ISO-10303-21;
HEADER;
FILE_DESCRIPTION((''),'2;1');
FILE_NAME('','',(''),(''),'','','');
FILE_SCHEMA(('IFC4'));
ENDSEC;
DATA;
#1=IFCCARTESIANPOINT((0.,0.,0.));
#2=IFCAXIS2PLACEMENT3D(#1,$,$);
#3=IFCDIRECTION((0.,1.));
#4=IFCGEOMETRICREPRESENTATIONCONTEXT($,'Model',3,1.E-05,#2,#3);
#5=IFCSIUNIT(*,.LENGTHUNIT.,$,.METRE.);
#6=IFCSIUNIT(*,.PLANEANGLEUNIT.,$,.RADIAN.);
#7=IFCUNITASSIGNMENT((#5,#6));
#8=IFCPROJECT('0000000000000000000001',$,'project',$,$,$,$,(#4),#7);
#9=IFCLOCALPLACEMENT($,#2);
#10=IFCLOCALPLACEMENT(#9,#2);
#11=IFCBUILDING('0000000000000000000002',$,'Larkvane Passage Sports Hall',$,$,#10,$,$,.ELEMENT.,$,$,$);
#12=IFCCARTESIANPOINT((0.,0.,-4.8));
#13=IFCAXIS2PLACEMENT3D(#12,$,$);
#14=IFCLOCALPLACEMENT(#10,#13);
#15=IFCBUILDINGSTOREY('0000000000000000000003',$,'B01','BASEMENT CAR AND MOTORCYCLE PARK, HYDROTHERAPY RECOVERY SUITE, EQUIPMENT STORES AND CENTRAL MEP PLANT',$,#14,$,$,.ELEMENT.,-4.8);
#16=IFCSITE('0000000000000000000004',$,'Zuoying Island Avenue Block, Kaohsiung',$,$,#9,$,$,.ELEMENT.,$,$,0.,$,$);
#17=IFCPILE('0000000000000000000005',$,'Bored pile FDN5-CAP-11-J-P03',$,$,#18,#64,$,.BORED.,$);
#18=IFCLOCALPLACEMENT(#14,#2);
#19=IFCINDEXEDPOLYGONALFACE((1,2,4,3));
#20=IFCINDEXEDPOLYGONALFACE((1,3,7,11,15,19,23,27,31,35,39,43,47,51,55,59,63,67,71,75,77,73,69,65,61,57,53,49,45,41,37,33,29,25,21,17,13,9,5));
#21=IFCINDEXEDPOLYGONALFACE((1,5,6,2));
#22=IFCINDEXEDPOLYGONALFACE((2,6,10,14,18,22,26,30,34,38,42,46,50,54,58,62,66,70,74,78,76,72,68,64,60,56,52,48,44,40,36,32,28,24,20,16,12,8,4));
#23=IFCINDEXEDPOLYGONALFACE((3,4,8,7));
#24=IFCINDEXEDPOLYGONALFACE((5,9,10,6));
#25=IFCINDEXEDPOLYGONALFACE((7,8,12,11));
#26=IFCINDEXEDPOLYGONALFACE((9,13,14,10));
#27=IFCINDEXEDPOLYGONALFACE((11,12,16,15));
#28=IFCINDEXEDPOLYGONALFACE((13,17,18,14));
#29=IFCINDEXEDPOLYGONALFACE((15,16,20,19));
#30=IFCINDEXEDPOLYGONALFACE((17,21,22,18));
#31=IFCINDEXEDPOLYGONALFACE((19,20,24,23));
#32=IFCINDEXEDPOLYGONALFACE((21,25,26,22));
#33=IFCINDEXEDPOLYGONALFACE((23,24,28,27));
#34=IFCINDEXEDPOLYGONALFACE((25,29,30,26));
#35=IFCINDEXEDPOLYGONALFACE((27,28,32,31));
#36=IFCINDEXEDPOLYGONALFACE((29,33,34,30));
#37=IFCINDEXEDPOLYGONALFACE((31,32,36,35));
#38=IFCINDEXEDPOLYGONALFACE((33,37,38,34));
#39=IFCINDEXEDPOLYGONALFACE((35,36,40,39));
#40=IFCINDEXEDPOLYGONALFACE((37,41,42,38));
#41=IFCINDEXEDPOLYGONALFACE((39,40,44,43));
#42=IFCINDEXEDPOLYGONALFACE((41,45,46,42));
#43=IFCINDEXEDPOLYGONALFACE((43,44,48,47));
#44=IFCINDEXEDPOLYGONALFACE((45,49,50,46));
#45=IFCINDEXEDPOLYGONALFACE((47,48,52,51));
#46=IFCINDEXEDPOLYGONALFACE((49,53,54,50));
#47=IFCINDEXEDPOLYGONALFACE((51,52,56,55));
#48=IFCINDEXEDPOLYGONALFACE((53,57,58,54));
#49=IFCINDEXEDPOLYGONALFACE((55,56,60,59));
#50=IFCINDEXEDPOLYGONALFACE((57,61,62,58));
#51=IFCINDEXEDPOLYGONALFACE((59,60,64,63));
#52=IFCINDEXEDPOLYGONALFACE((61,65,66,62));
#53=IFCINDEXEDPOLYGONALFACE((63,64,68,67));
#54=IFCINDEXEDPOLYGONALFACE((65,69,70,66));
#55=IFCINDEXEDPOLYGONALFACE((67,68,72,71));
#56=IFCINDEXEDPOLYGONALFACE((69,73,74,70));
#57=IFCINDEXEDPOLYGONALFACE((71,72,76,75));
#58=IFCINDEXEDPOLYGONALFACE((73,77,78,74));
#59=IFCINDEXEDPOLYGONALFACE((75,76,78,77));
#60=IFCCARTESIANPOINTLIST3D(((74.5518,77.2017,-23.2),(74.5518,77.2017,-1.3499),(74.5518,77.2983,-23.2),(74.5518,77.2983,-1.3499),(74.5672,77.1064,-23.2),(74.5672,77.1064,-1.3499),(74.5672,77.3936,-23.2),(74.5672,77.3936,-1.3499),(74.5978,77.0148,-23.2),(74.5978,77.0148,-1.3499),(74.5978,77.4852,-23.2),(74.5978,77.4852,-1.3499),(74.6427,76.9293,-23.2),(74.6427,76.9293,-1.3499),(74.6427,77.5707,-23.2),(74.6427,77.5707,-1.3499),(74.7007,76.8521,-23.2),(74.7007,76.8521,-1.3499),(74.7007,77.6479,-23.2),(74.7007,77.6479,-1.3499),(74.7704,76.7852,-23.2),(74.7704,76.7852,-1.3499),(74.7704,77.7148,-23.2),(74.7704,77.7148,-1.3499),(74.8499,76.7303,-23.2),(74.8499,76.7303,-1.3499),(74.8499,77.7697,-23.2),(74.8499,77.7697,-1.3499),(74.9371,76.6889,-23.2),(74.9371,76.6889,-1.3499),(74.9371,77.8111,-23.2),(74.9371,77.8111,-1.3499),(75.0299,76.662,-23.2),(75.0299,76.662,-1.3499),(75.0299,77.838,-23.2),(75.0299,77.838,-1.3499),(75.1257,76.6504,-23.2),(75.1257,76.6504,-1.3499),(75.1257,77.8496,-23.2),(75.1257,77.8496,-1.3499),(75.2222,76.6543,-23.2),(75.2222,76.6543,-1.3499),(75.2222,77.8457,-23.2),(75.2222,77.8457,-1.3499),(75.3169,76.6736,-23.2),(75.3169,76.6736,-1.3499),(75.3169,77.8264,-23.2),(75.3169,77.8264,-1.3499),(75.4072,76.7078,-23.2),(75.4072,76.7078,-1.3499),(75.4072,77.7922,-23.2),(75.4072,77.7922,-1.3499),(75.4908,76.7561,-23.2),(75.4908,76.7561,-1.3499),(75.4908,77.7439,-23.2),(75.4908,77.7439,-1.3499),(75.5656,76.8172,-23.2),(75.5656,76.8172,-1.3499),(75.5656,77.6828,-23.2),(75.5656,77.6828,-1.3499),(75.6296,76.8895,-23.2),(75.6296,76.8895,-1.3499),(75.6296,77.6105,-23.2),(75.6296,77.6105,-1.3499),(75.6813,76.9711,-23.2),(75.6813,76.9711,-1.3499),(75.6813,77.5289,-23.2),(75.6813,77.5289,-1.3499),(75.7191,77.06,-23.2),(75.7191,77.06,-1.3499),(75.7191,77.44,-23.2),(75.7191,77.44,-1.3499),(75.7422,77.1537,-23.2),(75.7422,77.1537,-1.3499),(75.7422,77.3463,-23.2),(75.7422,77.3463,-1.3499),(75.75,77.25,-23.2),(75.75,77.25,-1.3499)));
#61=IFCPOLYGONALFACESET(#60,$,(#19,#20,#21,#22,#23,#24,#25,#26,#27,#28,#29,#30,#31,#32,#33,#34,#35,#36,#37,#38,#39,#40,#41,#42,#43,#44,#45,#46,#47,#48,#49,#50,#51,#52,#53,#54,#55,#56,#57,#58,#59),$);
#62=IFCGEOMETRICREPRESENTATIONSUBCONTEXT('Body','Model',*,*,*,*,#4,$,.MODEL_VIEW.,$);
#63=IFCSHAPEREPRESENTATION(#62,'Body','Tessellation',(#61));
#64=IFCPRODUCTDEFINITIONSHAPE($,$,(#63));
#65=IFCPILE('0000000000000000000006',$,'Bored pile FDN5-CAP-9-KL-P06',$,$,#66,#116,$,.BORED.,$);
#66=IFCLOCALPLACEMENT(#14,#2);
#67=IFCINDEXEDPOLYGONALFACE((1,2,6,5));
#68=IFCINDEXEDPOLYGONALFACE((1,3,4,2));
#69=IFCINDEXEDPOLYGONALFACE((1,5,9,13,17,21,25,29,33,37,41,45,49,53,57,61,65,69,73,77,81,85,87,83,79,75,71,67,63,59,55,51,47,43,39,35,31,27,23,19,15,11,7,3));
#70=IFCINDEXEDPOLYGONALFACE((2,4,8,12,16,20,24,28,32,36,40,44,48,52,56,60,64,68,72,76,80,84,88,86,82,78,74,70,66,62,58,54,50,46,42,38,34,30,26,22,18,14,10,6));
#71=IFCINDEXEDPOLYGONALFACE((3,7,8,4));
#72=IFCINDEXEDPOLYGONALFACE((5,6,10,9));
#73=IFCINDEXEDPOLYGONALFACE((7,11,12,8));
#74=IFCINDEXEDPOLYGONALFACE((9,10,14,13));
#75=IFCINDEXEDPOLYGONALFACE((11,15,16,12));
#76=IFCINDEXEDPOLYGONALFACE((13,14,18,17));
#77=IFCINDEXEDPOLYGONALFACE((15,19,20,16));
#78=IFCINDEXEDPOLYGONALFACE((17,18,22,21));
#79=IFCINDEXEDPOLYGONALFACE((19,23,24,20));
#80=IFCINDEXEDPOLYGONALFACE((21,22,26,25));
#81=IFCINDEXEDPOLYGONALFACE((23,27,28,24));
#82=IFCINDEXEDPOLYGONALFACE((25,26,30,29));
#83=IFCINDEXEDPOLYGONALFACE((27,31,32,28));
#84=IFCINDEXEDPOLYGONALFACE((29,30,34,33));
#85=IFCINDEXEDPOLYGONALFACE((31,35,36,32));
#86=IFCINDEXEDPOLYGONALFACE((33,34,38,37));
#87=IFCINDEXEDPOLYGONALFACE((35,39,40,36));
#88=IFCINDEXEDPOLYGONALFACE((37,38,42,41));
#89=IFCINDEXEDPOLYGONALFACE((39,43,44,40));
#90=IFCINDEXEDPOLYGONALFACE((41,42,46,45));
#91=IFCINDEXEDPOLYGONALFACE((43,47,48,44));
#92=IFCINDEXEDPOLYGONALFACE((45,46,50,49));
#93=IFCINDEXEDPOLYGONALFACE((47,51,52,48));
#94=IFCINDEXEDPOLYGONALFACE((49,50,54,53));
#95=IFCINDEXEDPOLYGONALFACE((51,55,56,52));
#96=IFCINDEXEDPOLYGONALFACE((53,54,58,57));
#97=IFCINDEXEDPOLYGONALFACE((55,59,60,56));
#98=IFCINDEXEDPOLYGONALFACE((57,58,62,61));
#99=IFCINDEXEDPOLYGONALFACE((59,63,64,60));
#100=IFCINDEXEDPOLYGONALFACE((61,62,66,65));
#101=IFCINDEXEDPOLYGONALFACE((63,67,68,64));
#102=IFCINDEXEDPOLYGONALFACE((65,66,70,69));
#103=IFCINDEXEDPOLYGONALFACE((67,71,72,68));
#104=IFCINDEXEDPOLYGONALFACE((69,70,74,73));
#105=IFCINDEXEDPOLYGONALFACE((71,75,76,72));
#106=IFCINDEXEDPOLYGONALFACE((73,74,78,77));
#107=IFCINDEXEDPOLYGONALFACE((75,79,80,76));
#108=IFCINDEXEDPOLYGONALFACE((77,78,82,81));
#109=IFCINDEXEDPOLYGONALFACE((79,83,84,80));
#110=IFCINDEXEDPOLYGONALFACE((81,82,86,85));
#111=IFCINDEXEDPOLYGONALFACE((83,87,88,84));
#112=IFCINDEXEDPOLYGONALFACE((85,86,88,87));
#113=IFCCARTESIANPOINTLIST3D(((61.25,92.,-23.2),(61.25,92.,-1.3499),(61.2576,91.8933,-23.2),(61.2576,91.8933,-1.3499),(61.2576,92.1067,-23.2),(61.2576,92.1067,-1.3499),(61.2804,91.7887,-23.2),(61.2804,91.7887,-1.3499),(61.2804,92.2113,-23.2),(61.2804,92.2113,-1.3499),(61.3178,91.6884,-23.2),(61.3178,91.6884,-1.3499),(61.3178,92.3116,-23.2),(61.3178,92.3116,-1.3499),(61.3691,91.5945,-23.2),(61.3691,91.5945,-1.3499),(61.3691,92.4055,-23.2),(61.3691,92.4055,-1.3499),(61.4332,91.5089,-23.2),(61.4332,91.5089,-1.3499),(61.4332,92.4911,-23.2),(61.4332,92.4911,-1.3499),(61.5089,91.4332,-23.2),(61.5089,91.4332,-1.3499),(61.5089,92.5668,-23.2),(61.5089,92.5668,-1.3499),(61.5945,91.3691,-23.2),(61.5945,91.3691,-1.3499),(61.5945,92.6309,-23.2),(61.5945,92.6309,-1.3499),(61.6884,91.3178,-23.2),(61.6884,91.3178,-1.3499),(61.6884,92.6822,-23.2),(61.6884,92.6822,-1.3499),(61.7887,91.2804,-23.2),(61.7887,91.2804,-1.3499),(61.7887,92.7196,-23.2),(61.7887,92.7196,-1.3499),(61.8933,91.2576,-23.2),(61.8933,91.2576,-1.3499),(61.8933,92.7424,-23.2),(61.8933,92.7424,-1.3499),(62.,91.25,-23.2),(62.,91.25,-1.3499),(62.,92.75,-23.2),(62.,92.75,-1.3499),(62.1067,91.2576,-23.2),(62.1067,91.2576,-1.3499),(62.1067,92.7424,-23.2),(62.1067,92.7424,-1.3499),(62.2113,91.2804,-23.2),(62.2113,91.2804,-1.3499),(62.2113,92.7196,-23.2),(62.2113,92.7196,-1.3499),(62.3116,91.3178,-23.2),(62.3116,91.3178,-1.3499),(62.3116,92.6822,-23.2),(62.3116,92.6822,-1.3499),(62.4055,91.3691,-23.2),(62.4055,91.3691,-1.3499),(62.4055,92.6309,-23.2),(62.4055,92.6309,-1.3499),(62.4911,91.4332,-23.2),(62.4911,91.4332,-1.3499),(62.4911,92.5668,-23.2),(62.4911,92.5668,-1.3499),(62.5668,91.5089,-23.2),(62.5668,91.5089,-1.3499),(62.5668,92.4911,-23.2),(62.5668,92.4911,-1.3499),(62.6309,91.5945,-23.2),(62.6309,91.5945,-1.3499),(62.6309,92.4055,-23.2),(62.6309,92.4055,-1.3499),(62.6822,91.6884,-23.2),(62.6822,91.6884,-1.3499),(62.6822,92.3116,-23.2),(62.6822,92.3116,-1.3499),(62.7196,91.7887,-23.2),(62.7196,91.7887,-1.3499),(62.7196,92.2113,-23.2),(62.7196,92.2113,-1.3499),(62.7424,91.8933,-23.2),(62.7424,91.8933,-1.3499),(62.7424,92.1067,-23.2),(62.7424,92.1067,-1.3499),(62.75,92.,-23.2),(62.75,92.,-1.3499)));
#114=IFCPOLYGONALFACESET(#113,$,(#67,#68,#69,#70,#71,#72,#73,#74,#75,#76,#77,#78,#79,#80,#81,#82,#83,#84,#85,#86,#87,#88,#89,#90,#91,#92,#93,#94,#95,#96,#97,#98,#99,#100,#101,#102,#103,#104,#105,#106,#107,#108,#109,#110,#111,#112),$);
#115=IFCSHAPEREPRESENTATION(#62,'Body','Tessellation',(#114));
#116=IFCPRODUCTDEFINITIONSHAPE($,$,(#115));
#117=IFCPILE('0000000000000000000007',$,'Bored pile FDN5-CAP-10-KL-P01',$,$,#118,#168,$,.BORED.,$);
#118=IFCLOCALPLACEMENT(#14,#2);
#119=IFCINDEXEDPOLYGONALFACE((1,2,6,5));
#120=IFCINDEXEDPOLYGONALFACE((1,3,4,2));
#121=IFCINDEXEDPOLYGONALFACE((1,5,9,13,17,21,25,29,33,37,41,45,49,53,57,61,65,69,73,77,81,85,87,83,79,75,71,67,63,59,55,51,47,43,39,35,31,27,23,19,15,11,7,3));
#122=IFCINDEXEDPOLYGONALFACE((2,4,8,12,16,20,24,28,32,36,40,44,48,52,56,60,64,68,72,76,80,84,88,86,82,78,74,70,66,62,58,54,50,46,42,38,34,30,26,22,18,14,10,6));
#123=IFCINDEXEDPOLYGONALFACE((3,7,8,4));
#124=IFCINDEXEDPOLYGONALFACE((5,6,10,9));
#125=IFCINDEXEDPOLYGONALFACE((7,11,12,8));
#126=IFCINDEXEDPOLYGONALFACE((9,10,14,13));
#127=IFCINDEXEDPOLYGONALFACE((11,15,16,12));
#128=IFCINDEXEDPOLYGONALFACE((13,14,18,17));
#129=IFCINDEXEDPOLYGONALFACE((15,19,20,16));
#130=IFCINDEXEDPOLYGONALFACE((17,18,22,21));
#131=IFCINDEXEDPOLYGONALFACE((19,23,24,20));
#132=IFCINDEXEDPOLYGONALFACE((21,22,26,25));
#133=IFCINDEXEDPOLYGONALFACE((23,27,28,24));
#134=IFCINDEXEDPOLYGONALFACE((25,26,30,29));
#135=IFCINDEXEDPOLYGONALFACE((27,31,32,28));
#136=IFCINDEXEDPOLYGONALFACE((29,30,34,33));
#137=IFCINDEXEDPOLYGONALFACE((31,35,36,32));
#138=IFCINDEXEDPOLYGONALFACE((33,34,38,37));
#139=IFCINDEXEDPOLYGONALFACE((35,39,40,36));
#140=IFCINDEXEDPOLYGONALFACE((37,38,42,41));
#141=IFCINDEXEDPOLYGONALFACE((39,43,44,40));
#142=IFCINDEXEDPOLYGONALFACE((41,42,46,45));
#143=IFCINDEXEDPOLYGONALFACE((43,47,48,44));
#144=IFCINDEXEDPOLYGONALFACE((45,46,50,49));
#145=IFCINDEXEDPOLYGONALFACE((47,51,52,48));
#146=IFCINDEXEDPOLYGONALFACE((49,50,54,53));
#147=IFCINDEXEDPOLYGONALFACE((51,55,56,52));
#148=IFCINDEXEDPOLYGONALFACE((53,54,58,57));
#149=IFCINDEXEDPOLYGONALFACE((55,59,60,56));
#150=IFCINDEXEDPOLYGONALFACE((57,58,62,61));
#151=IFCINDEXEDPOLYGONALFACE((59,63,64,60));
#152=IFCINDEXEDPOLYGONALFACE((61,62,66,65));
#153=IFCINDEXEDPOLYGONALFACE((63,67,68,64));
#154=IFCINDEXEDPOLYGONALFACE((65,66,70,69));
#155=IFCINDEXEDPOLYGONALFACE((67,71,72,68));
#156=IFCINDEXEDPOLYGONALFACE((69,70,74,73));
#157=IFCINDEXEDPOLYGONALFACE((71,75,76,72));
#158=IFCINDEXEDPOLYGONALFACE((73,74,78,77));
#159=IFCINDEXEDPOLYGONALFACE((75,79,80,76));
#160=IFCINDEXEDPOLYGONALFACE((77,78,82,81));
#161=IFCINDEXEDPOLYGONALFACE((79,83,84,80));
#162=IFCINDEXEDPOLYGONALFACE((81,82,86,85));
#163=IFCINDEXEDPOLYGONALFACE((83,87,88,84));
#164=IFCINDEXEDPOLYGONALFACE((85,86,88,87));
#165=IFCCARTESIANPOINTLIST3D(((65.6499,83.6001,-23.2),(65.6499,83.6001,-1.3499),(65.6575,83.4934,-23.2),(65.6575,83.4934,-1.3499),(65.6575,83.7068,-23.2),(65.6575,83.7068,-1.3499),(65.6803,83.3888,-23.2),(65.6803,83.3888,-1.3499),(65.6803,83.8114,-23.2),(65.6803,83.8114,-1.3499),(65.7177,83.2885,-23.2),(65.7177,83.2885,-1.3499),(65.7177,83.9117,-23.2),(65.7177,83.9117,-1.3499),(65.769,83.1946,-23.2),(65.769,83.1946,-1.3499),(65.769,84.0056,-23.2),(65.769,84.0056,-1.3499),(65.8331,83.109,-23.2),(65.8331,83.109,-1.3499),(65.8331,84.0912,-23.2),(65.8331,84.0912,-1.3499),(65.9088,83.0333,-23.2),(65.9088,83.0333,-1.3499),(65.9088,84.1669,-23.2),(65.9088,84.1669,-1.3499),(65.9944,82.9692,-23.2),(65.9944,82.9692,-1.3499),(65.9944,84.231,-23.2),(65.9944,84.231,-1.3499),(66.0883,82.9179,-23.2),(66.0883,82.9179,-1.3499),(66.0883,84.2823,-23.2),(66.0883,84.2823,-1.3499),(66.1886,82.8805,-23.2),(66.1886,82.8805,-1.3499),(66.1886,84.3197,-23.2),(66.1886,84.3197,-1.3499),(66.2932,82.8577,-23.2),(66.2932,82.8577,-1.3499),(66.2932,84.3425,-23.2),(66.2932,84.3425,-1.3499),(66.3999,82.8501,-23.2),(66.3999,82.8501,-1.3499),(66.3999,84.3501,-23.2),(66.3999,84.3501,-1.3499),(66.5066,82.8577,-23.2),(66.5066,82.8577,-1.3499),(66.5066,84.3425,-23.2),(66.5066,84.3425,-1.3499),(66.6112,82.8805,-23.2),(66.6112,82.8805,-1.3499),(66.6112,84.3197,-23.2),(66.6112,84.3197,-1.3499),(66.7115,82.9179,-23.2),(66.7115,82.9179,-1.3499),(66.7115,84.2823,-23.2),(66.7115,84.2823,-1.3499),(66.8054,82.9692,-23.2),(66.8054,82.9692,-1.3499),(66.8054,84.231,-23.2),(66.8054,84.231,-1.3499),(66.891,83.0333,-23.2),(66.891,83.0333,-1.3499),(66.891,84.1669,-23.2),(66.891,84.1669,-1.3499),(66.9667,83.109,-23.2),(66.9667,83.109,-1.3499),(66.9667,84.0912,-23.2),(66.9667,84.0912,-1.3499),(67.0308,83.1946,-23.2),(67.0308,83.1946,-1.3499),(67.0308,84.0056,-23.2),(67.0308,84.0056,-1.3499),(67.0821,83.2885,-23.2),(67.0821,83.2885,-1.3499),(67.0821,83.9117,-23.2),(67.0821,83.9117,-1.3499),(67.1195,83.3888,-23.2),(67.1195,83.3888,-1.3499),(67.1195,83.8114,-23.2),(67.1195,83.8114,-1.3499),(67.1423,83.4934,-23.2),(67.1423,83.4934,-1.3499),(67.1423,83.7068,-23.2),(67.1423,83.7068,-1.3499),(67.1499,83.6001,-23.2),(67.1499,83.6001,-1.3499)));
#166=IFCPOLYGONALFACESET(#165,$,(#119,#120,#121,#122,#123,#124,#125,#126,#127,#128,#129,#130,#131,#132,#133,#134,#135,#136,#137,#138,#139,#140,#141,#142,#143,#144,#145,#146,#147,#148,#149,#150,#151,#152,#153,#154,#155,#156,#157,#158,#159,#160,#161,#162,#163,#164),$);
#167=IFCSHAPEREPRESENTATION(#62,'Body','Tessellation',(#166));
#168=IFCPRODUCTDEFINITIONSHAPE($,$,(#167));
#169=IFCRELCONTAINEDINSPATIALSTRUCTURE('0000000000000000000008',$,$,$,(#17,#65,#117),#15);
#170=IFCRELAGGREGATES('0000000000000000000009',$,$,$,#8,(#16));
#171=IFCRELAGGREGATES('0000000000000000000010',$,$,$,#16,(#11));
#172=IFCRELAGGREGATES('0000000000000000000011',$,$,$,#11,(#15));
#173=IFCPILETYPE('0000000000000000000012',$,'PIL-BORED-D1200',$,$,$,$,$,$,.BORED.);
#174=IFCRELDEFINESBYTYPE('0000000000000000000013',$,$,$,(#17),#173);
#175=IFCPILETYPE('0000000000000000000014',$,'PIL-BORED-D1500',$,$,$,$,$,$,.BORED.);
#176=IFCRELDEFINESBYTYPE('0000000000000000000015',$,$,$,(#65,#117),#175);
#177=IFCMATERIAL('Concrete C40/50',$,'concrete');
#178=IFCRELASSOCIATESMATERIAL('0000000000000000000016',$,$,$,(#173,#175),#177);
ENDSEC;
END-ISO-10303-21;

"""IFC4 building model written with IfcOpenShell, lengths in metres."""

from ifc_helpers import new_model, si_unit, direction, frame, origin, origin_2d, place, context, subcontext, project, spatial, circle, extrude, material, material_profile, profile_set, type_object, element, save


model = new_model("IFC4")

# Units and contexts
model_context = context("Model", 3, precision=1e-05, world=origin(), true_north=direction((0.0, 1.0)))
body_context = subcontext(model_context, "Body", "Model", "MODEL_VIEW")
ifc_project = project(units=[si_unit("LENGTHUNIT", "METRE"), si_unit("PLANEANGLEUNIT", "RADIAN")], contexts=[model_context])

# Site, building, storey
site_placement = place(None, origin())
site = spatial("IfcSite", under=ifc_project, at=site_placement, Name="Zuoying Island Avenue Block, Kaohsiung", CompositionType="ELEMENT", RefElevation=0.0)
building_placement = place(site_placement, origin())
building = spatial("IfcBuilding", under=site, at=building_placement, Name="Larkvane Passage Sports Hall", CompositionType="ELEMENT")
storey_placement = place(building_placement, frame((0.0, 0.0, -4.8)))
storey = spatial("IfcBuildingStorey", under=building, at=storey_placement, Name="B01", Description="BASEMENT CAR AND MOTORCYCLE PARK, HYDROTHERAPY RECOVERY SUITE, EQUIPMENT STORES AND CENTRAL MEP PLANT", CompositionType="ELEMENT", Elevation=-4.8)

# Shared definitions
ifc_material_1 = material(Name="Concrete C40/50", Category="concrete")

# Piles
ifc_material_profile_1 = material_profile(ifc_material_1, circle(Radius=0.6001, at=origin_2d()), Name="PILE-D1200")
ifc_profile_set_1 = profile_set([ifc_material_profile_1], Name="Concrete C40/50")
pile_type_1 = type_object("IfcPileType", Name="PIL-BORED-D1200", PredefinedType="BORED", material=ifc_profile_set_1)
pile_placement = place(storey_placement, frame((75.1499, 77.25, -1.3499), z_axis=(0.0, 0.0, -1.0), x_axis=(1.0, 0.0, 0.0)))
element("IfcPile", 1, at=pile_placement, inside=storey, type_object=pile_type_1, Name="Bored pile FDN5-CAP-11-J-P03", PredefinedType="BORED", context=body_context, shape_type="SweptSolid", body=[
    extrude(circle(Radius=0.6001, at=origin_2d()), origin(), (0.0, 0.0, 1.0), 21.8501),
])
ifc_material_profile_2 = material_profile(ifc_material_1, circle(Radius=0.75, at=origin_2d()), Name="PILE-D1500")
ifc_profile_set_2 = profile_set([ifc_material_profile_2], Name="Concrete C40/50")
pile_type_2 = type_object("IfcPileType", Name="PIL-BORED-D1500", PredefinedType="BORED", material=ifc_profile_set_2)
for number, where, z_axis, x_axis, name in (
    (2, (62.0, 92.0, -1.3499), (0.0, 0.0, -1.0), (1.0, 0.0, 0.0), "Bored pile FDN5-CAP-9-KL-P06"),
    (3, (66.3999, 83.6001, -1.3499), (0.0, 0.0, -1.0), (1.0, 0.0, 0.0), "Bored pile FDN5-CAP-10-KL-P01"),
):
    element("IfcPile", number, at=place(storey_placement, frame(where, z_axis=z_axis, x_axis=x_axis)), inside=storey, type_object=pile_type_2, Name=name, PredefinedType="BORED", context=body_context, shape_type="SweptSolid", body=[
        extrude(circle(Radius=0.75, at=origin_2d()), origin(), (0.0, 0.0, 1.0), 21.8501),
    ])

save(model, "model.ifc")
